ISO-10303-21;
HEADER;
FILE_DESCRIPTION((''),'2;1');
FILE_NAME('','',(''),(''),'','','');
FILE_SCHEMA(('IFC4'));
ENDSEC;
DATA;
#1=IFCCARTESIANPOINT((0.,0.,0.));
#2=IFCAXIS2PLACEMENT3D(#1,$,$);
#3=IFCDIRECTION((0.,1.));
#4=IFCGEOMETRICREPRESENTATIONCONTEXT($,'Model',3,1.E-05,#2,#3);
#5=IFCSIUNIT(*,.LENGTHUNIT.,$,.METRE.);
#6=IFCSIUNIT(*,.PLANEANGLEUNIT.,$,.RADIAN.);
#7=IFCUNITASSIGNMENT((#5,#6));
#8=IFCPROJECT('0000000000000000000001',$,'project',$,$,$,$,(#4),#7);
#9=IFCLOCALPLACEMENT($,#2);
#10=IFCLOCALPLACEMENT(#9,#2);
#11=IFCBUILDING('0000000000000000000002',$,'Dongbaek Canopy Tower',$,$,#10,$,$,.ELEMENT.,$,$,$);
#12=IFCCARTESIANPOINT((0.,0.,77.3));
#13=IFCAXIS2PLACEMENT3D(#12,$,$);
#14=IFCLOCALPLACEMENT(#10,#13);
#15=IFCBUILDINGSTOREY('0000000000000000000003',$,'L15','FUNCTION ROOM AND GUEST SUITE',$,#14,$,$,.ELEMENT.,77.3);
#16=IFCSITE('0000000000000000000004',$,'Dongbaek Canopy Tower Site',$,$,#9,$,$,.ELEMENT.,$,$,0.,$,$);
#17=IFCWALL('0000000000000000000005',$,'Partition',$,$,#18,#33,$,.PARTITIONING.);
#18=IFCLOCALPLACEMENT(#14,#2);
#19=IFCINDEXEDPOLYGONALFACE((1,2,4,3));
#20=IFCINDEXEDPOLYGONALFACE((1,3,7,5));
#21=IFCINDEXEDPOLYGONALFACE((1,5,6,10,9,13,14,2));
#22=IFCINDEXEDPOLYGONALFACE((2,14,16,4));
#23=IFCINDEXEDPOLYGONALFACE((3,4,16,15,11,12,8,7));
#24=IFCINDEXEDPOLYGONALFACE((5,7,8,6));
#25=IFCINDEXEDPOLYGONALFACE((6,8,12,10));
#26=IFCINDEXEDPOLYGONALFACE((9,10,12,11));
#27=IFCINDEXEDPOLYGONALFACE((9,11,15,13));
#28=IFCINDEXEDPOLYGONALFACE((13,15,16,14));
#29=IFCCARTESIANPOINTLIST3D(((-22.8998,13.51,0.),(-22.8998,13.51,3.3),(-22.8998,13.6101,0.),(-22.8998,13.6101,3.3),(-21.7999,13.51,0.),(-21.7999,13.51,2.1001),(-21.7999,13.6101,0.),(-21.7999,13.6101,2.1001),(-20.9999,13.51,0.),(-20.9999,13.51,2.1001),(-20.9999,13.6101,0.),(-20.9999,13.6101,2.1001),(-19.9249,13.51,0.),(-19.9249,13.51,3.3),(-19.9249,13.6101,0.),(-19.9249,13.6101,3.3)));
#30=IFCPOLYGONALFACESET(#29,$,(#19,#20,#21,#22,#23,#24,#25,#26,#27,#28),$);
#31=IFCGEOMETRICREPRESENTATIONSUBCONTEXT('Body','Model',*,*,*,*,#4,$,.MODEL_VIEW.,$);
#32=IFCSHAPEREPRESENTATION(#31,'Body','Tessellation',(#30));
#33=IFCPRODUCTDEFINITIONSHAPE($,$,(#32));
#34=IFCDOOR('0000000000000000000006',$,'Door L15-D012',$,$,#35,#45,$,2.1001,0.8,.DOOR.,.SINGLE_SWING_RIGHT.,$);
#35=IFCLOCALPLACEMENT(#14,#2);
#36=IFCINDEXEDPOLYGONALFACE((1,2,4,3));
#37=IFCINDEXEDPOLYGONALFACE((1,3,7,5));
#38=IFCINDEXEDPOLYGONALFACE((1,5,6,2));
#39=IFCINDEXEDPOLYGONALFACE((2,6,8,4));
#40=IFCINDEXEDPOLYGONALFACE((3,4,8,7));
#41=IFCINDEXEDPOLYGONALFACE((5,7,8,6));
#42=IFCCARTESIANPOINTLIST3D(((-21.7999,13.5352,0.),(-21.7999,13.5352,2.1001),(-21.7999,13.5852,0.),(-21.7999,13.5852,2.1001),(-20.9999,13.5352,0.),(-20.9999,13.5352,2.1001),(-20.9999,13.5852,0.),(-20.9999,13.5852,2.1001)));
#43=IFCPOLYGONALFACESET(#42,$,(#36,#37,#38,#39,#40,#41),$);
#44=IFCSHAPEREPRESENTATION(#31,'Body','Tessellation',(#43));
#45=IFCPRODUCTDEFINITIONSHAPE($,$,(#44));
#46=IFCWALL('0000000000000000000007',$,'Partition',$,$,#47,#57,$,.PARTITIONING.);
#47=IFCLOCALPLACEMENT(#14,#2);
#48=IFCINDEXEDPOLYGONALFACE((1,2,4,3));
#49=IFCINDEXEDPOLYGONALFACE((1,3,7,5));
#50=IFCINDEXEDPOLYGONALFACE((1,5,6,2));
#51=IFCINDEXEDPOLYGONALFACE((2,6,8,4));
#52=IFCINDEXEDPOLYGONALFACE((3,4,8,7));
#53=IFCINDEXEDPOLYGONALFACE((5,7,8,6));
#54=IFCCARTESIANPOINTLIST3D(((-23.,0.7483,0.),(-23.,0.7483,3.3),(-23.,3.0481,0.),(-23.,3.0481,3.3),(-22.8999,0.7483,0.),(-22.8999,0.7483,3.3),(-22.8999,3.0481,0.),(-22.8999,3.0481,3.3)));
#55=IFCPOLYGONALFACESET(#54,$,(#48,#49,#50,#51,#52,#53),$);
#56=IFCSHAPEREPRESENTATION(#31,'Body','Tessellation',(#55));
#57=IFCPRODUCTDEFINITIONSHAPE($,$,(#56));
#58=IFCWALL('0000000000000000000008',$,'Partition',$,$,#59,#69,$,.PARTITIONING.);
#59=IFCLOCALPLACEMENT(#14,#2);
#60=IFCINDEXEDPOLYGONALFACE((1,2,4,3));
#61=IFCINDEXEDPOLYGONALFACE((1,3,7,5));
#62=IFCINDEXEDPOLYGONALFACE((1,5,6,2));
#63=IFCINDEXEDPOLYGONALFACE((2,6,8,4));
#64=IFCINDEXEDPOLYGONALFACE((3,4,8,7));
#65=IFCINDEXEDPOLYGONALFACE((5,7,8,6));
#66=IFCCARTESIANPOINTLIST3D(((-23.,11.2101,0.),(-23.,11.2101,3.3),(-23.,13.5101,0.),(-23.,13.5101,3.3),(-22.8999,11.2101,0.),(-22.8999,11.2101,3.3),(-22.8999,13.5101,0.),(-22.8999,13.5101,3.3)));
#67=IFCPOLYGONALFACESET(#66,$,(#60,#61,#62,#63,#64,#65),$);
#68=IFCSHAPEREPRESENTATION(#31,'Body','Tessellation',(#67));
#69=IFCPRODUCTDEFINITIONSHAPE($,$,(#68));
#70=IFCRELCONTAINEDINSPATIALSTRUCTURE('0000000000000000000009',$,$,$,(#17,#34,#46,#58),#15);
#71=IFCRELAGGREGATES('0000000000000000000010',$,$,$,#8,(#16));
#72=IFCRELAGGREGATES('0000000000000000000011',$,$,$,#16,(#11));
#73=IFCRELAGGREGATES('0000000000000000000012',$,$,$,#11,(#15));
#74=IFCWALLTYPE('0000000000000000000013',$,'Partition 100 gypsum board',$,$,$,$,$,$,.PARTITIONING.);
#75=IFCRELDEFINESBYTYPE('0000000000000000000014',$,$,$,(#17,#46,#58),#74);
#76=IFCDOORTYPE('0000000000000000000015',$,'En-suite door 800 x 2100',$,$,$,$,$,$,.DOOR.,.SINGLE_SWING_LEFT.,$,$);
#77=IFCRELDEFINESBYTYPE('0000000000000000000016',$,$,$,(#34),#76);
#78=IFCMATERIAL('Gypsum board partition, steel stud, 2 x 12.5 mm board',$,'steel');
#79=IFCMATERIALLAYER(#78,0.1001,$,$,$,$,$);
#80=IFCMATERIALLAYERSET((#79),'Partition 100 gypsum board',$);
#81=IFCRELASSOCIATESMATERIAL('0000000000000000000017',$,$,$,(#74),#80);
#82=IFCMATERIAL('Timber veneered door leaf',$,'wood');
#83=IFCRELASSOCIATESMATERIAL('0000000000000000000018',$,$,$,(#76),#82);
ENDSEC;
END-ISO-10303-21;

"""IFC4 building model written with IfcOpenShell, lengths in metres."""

from ifc_helpers import new_model, si_unit, direction, frame, frame_2d, origin, place, context, subcontext, project, spatial, rectangle, extrude, material, layer, layer_set, type_object, element, fill, save


model = new_model("IFC4")

# Units and contexts
model_context = context("Model", 3, precision=1e-05, world=origin(), true_north=direction((0.0, 1.0)))
body_context = subcontext(model_context, "Body", "Model", "MODEL_VIEW")
ifc_project = project(units=[si_unit("LENGTHUNIT", "METRE"), si_unit("PLANEANGLEUNIT", "RADIAN")], contexts=[model_context])

# Site, building, storey
site_placement = place(None, origin())
site = spatial("IfcSite", under=ifc_project, at=site_placement, Name="Dongbaek Canopy Tower Site", CompositionType="ELEMENT", RefElevation=0.0)
building_placement = place(site_placement, origin())
building = spatial("IfcBuilding", under=site, at=building_placement, Name="Dongbaek Canopy Tower", CompositionType="ELEMENT")
storey_placement = place(building_placement, frame((0.0, 0.0, 77.3)))
storey = spatial("IfcBuildingStorey", under=building, at=storey_placement, Name="L15", Description="FUNCTION ROOM AND GUEST SUITE", CompositionType="ELEMENT", Elevation=77.3)

# Shared definitions
ifc_material_1 = material(Name="Gypsum board partition, steel stud, 2 x 12.5 mm board", Category="steel")
ifc_layer_1 = layer(ifc_material_1, 0.1001)
ifc_layer_set_1 = layer_set([ifc_layer_1], Name="Partition 100 gypsum board")
wall_type_1 = type_object("IfcWallType", Name="Partition 100 gypsum board", PredefinedType="PARTITIONING", material=ifc_layer_set_1)
ifc_material_2 = material(Name="Timber veneered door leaf", Category="wood")
door_type_1 = type_object("IfcDoorType", Name="En-suite door 800 x 2100", OperationType="SINGLE_SWING_LEFT", PredefinedType="DOOR", material=ifc_material_2)

# Wall, opening, door
wall_1_placement = place(storey_placement, frame((-19.925, 13.5601, 0.0), z_axis=(0.0, 0.0, 1.0), x_axis=(-1.0, 0.0, 0.0)))
wall_1 = element("IfcWall", 1, at=wall_1_placement, inside=storey, type_object=wall_type_1, Name="Partition", PredefinedType="PARTITIONING", context=body_context, shape_type="SweptSolid", body=[
    extrude(rectangle(XDim=2.9749, YDim=0.1001, at=frame_2d((1.4873, 0.0))), origin(), (0.0, 0.0, 1.0), 3.3),
])
opening_1_placement = place(wall_1_placement, frame((1.075, 0.0, 0.0)))
opening_1 = element("IfcOpeningElement", 2, at=opening_1_placement, cuts=wall_1, PredefinedType="OPENING", context=body_context, shape_type="SweptSolid", body=[
    extrude(rectangle(XDim=0.8, YDim=2.1001, at=frame_2d((0.3999, 1.05))), frame((0.0, 0.0601, 0.0), z_axis=(0.0, -1.0, 0.0), x_axis=(1.0, 0.0, 0.0)), (0.0, 0.0, 1.0), 0.1201),
])
door_1_placement = place(opening_1_placement, origin())
door_1 = element("IfcDoor", 3, at=door_1_placement, inside=storey, type_object=door_type_1, Name="Door L15-D012", OperationType="SINGLE_SWING_RIGHT", OverallHeight=2.1001, OverallWidth=0.8, PredefinedType="DOOR", context=body_context, shape_type="SweptSolid", body=[
    extrude(rectangle(XDim=0.8, YDim=2.1001, at=frame_2d((0.3999, 1.05))), frame((0.0, 0.0249, 0.0), z_axis=(0.0, -1.0, 0.0), x_axis=(1.0, 0.0, 0.0)), (0.0, 0.0, 1.0), 0.05),
])
fill(opening_1, door_1)

# Walls
wall_2_placement = place(storey_placement, frame((-22.95, 0.7483, 0.0), z_axis=(0.0, 0.0, 1.0), x_axis=(0.0, 1.0, 0.0)))
element("IfcWall", 4, at=wall_2_placement, inside=storey, type_object=wall_type_1, Name="Partition", PredefinedType="PARTITIONING", context=body_context, shape_type="SweptSolid", body=[
    extrude(rectangle(XDim=2.2998, YDim=0.1001, at=frame_2d((1.1499, 0.0))), origin(), (0.0, 0.0, 1.0), 3.3),
])
wall_3_placement = place(storey_placement, frame((-22.95, 11.2102, 0.0), z_axis=(0.0, 0.0, 1.0), x_axis=(0.0, 1.0, 0.0)))
element("IfcWall", 5, at=wall_3_placement, inside=storey, type_object=wall_type_1, Name="Partition", PredefinedType="PARTITIONING", context=body_context, shape_type="SweptSolid", body=[
    extrude(rectangle(XDim=2.3, YDim=0.1001, at=frame_2d((1.1499, 0.0))), origin(), (0.0, 0.0, 1.0), 3.3),
])

save(model, "model.ifc")
